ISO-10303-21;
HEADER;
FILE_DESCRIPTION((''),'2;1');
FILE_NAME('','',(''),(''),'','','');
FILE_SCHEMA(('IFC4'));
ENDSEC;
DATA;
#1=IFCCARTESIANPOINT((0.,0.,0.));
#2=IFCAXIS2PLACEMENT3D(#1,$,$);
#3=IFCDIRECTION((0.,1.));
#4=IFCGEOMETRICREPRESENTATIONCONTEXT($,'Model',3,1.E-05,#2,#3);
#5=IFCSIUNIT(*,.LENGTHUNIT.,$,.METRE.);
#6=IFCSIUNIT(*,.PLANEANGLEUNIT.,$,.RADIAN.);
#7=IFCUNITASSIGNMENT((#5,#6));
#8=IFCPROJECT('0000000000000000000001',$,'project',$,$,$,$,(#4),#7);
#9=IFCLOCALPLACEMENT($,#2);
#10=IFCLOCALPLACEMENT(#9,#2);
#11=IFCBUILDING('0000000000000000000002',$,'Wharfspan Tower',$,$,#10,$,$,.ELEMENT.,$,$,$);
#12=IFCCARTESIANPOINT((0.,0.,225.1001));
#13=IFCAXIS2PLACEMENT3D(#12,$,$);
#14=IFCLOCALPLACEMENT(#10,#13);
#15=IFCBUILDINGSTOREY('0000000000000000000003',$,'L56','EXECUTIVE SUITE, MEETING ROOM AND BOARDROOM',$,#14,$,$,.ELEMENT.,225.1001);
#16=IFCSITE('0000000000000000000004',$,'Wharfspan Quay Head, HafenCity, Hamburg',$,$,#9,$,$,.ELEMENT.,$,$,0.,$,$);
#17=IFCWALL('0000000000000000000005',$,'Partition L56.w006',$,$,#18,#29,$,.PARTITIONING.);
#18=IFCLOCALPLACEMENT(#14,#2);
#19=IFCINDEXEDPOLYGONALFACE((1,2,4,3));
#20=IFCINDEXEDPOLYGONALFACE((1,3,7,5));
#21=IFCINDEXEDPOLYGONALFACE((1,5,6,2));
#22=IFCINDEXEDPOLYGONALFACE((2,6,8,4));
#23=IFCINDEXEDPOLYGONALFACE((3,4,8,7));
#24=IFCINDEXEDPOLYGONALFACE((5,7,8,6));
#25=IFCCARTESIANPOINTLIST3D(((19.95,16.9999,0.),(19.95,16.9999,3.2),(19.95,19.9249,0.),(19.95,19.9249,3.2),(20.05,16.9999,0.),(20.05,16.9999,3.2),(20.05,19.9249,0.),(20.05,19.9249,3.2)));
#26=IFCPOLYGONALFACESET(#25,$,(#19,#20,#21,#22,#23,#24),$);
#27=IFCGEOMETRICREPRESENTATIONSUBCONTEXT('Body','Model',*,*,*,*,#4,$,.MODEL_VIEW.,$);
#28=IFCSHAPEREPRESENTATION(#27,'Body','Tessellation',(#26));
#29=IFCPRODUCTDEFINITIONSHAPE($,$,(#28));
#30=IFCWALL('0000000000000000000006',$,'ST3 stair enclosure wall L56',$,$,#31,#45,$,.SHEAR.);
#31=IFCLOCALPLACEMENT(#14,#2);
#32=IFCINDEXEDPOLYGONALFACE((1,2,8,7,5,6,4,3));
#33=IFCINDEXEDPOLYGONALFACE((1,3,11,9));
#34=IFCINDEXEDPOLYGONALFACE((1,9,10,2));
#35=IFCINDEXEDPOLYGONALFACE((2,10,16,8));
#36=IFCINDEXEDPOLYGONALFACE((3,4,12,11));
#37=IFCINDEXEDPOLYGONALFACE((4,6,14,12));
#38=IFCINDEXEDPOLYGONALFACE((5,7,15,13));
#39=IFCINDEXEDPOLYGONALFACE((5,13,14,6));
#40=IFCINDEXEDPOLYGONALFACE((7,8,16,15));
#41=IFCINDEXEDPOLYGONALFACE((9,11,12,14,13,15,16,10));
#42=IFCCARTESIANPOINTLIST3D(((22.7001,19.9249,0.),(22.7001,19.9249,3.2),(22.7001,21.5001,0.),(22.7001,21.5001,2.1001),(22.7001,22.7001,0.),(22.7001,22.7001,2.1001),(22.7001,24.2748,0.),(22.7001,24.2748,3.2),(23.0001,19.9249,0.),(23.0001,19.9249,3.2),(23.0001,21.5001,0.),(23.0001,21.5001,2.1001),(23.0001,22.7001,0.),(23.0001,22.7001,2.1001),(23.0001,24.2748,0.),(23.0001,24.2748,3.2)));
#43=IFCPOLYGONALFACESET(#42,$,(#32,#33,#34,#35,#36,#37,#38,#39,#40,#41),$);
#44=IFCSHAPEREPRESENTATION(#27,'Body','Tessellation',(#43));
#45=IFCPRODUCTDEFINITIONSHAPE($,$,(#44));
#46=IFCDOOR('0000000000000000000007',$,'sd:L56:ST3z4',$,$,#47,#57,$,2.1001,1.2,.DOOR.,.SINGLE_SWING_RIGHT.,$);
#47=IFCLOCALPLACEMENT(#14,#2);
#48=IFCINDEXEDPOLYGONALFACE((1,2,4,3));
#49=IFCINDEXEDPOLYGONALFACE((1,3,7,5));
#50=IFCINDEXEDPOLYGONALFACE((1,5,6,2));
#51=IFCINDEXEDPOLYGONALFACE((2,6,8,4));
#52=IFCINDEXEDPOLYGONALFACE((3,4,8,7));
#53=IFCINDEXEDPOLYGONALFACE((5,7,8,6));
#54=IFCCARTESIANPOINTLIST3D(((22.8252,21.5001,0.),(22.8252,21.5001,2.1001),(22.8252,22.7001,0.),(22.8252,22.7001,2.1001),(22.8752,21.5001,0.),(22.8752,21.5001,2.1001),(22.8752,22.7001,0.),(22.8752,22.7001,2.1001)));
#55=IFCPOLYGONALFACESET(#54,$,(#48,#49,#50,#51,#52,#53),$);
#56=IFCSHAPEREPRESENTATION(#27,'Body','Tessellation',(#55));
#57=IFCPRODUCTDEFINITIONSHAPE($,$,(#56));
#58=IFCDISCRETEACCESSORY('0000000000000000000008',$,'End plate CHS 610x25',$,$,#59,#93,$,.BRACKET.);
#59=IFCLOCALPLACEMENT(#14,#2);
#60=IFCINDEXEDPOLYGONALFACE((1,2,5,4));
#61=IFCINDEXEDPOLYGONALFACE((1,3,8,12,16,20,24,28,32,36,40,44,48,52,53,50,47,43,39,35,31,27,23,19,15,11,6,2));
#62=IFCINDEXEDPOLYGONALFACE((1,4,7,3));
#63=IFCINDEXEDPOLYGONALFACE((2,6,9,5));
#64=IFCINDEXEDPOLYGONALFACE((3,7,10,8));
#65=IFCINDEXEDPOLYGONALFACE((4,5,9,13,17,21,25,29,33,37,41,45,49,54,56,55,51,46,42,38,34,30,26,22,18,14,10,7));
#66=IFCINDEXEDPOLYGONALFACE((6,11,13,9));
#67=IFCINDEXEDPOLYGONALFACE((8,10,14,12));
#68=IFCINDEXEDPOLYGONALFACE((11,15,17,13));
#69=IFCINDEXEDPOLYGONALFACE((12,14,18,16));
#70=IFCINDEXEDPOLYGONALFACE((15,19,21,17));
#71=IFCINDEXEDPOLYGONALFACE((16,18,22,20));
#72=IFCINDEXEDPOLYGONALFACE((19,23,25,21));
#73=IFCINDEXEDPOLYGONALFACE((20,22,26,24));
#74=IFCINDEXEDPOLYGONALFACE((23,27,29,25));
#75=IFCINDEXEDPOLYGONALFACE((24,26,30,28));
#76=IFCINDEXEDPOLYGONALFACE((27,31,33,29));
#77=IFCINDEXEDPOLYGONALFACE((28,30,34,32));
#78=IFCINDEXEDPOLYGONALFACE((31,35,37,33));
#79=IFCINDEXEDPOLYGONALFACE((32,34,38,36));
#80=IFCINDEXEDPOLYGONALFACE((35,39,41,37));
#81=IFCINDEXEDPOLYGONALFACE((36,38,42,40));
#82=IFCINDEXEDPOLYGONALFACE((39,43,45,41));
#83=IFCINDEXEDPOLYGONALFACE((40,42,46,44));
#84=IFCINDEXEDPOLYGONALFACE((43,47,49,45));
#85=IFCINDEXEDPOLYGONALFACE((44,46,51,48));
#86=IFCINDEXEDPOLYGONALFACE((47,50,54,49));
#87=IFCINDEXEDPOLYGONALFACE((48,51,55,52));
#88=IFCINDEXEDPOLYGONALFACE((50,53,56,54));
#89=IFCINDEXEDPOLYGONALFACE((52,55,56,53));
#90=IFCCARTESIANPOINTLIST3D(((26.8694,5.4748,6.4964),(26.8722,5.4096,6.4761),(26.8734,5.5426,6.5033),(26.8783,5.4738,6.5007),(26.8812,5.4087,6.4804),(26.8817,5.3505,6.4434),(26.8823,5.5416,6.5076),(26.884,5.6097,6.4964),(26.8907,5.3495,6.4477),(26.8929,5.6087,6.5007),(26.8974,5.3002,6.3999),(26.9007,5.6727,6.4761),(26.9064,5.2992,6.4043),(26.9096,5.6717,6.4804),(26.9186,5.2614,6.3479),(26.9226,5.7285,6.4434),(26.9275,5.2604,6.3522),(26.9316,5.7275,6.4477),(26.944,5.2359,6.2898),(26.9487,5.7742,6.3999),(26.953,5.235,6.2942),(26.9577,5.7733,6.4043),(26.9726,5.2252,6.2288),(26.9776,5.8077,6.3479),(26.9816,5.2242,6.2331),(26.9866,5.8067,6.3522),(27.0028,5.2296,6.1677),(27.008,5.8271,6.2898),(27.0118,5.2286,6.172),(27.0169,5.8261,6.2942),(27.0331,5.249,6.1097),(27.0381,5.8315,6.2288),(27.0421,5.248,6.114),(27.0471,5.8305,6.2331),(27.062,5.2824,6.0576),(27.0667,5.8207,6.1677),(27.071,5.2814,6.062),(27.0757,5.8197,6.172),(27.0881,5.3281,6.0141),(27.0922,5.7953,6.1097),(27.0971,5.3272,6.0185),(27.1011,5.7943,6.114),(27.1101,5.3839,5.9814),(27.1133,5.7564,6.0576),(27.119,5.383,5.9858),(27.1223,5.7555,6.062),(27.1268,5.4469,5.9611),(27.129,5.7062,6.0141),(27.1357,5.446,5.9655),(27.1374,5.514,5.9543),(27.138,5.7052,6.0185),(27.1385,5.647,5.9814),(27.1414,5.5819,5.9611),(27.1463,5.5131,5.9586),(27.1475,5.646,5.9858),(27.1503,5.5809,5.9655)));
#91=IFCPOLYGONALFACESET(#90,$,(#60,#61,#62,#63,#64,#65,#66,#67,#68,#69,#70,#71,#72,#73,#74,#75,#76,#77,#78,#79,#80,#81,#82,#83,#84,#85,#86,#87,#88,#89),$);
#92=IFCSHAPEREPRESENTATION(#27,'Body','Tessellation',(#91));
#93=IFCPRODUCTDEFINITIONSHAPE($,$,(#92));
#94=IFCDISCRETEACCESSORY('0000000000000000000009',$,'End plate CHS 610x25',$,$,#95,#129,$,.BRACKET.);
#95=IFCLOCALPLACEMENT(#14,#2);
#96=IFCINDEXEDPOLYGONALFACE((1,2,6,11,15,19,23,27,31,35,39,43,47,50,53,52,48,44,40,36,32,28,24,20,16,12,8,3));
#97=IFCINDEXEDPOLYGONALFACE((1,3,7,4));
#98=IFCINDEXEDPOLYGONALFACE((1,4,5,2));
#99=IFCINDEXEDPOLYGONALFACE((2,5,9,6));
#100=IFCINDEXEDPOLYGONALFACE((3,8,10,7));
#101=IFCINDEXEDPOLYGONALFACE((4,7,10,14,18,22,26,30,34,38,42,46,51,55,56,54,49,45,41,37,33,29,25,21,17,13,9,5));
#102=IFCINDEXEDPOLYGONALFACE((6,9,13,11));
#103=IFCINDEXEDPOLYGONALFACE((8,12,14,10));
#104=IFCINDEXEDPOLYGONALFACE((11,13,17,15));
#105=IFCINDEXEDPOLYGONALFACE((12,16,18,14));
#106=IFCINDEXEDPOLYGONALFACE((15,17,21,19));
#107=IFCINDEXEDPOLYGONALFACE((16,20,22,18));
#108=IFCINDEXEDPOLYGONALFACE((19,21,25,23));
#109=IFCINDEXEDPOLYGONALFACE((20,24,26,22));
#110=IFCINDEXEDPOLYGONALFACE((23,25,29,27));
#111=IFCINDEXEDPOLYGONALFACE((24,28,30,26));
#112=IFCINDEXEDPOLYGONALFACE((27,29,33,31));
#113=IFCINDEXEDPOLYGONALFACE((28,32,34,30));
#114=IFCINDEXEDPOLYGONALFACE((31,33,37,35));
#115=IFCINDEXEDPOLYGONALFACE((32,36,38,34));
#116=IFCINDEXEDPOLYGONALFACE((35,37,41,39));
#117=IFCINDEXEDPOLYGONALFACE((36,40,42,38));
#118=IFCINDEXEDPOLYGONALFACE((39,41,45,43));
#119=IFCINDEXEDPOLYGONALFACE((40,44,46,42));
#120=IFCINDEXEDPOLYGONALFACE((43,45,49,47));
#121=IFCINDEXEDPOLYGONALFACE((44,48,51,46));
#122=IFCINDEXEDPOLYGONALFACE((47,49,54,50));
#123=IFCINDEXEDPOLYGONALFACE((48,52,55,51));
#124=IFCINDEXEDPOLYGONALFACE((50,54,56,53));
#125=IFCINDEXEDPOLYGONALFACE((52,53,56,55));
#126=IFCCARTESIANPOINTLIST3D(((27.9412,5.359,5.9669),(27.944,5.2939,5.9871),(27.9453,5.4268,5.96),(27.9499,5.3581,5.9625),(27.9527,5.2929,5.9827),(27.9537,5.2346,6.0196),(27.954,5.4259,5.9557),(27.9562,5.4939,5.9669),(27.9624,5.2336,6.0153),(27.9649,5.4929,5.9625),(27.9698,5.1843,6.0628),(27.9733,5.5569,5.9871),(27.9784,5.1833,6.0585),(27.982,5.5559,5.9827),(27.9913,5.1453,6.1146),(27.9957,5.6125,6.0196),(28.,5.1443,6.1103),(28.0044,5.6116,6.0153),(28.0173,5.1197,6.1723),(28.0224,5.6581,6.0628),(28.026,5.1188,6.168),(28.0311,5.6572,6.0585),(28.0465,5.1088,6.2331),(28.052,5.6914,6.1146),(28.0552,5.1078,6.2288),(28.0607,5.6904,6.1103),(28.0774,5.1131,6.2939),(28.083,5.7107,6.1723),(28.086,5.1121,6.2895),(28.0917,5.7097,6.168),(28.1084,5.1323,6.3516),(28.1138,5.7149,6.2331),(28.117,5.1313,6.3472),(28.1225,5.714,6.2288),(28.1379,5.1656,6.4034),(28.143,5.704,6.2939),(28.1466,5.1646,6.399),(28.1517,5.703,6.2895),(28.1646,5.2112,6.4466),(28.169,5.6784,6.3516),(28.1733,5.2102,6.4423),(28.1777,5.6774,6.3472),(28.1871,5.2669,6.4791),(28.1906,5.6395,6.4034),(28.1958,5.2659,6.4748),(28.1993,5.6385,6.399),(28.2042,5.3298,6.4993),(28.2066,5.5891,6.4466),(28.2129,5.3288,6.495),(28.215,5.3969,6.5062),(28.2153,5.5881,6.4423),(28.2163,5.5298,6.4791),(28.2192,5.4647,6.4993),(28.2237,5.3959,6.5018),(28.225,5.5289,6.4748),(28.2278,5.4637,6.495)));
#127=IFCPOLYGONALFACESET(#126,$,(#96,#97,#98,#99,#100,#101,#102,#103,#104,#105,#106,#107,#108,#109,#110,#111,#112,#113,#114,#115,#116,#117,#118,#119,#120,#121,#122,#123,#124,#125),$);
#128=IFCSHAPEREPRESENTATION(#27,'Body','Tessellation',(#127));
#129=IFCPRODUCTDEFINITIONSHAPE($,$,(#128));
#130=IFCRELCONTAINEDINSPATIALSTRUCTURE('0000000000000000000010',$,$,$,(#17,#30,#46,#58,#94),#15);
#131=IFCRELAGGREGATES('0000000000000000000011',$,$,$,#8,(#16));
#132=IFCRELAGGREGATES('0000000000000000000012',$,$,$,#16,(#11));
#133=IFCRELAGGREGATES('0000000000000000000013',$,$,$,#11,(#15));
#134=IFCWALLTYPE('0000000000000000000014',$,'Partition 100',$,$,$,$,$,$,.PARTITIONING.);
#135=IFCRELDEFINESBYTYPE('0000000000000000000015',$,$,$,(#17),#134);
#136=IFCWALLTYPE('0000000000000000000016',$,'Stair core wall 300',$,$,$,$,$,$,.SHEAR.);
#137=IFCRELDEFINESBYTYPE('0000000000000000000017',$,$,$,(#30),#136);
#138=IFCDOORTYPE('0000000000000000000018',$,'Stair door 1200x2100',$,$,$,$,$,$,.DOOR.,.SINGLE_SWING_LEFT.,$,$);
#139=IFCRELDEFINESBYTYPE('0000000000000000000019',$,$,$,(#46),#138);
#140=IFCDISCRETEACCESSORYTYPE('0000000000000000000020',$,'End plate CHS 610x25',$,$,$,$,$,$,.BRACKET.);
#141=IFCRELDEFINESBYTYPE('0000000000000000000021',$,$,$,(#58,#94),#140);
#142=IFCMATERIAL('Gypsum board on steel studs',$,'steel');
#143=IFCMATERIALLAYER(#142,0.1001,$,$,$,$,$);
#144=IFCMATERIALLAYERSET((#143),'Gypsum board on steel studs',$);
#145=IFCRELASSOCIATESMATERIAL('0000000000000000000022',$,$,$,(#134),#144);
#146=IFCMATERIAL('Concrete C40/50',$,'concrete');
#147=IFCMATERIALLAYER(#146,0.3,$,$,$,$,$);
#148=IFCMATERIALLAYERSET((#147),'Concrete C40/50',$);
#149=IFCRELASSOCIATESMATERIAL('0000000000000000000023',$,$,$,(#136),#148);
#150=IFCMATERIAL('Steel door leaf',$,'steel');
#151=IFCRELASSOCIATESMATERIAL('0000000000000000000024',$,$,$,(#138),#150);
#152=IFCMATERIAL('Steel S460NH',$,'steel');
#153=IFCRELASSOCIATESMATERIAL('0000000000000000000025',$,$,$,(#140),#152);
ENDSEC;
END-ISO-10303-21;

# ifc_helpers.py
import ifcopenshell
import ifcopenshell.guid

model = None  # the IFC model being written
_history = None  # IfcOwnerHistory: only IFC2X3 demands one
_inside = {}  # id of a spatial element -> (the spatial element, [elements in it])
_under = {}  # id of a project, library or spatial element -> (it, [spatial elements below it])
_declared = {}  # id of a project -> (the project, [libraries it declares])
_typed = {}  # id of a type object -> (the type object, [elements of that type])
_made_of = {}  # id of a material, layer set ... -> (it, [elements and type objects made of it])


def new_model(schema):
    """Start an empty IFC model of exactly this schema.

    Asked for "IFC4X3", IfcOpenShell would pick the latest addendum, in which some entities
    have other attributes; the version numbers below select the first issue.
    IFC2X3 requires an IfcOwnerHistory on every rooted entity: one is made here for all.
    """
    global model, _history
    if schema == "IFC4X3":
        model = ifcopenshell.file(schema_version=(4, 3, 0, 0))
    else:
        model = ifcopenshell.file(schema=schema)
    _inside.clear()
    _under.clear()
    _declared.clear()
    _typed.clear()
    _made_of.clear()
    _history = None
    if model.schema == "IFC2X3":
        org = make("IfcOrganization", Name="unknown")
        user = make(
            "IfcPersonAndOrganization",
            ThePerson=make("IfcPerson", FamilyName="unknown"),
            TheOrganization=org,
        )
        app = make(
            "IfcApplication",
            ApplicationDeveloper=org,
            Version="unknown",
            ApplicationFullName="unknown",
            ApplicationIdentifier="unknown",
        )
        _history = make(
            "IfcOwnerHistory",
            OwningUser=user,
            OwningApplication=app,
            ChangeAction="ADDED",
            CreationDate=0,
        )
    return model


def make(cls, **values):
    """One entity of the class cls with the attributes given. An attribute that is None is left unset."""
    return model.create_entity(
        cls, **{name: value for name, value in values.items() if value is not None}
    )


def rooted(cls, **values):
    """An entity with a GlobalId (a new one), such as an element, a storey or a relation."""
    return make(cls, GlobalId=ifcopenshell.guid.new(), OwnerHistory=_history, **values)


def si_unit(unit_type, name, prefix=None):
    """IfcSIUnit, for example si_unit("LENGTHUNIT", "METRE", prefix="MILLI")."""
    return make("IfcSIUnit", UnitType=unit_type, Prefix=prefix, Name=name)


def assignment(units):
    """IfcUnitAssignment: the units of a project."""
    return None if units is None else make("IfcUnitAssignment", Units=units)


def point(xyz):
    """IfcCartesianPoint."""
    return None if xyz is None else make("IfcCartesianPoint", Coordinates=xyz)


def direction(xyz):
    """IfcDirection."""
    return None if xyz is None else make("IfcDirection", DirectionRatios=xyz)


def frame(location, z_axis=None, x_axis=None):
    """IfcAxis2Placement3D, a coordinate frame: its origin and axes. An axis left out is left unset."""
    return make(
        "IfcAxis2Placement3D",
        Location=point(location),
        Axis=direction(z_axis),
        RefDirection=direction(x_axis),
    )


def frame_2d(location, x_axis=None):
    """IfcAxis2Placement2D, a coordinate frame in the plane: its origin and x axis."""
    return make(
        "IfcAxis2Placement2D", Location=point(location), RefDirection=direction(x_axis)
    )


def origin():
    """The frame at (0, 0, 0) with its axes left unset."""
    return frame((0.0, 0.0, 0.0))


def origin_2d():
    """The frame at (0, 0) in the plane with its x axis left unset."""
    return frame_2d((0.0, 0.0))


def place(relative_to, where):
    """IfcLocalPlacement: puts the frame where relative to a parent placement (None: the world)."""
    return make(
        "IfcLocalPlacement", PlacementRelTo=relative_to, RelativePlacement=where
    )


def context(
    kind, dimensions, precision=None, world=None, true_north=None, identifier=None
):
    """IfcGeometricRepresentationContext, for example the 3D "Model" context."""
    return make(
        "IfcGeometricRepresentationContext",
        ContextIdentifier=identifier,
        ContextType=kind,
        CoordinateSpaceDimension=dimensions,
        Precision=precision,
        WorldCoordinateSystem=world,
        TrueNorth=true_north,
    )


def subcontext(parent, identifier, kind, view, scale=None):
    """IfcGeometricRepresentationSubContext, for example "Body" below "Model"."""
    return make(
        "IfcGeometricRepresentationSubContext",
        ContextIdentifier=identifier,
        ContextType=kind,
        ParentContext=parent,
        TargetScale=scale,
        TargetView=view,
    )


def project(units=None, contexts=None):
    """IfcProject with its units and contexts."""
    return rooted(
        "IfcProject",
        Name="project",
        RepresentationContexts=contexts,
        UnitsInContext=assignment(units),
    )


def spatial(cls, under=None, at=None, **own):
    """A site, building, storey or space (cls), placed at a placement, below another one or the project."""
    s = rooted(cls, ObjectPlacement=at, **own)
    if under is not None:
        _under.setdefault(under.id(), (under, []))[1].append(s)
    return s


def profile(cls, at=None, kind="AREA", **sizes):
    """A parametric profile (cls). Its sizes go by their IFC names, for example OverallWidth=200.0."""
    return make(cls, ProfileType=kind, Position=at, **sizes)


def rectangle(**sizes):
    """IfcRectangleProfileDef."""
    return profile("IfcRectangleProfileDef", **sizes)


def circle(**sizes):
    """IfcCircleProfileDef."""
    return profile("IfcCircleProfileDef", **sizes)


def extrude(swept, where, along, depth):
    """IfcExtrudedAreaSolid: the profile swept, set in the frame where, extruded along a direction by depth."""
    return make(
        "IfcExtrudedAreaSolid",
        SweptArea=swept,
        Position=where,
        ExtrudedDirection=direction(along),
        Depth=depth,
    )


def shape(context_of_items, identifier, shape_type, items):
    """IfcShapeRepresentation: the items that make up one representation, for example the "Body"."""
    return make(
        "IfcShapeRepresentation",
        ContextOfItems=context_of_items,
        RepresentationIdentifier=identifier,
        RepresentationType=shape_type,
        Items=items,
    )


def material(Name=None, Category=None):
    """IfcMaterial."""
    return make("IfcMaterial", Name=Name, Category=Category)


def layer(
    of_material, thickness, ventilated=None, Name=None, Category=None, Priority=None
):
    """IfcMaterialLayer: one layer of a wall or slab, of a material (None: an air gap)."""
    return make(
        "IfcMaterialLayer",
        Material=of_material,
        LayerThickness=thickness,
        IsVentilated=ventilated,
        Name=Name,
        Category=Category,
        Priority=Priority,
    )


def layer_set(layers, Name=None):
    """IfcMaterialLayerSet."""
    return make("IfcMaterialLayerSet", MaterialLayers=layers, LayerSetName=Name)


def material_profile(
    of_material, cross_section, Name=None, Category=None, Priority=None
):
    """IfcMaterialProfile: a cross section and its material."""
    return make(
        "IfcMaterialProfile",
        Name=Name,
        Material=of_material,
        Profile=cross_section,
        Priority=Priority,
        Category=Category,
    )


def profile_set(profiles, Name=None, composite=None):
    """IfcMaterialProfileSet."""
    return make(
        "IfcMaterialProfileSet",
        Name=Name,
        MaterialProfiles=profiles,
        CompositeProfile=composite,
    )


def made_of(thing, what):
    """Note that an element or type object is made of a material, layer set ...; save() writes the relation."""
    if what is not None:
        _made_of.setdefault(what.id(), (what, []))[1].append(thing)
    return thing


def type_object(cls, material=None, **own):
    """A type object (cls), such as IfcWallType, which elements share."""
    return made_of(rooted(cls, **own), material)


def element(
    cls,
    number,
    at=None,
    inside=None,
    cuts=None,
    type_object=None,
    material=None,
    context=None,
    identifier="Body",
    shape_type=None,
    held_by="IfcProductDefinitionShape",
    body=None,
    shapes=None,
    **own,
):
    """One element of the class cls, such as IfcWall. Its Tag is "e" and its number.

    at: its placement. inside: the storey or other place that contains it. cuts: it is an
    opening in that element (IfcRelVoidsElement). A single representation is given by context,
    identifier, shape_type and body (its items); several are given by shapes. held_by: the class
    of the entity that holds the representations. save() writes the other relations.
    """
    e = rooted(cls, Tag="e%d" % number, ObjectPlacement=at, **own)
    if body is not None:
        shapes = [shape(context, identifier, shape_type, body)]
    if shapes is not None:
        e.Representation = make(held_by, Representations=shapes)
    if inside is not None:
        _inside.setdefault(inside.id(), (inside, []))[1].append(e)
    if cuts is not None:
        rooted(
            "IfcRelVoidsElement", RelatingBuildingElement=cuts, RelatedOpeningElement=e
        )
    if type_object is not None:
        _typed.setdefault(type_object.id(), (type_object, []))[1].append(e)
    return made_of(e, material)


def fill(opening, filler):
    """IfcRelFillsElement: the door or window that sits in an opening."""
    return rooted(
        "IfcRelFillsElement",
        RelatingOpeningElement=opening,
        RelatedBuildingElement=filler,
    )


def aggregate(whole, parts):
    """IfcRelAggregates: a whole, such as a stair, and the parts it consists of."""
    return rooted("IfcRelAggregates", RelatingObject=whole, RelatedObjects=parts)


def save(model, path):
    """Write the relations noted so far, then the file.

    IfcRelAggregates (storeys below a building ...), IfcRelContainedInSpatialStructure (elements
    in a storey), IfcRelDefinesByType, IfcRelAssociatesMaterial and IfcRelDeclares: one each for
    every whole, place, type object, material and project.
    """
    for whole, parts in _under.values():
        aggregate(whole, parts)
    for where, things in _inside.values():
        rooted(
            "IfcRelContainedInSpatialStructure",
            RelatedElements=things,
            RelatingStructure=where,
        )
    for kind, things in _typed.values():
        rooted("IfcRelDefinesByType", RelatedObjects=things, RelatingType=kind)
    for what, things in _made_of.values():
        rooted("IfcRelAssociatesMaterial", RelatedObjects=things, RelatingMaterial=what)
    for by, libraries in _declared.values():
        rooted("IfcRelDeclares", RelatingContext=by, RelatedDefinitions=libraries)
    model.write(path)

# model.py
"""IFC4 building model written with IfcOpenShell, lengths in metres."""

from ifc_helpers import new_model, si_unit, direction, frame, frame_2d, origin, origin_2d, place, context, subcontext, project, spatial, rectangle, circle, extrude, material, layer, layer_set, material_profile, profile_set, type_object, element, fill, save


model = new_model("IFC4")

# Units and contexts
model_context = context("Model", 3, precision=1e-05, world=origin(), true_north=direction((0.0, 1.0)))
body_context = subcontext(model_context, "Body", "Model", "MODEL_VIEW")
ifc_project = project(units=[si_unit("LENGTHUNIT", "METRE"), si_unit("PLANEANGLEUNIT", "RADIAN")], contexts=[model_context])

# Site, building, storey
site_placement = place(None, origin())
site = spatial("IfcSite", under=ifc_project, at=site_placement, Name="Wharfspan Quay Head, HafenCity, Hamburg", CompositionType="ELEMENT", RefElevation=0.0)
building_placement = place(site_placement, origin())
building = spatial("IfcBuilding", under=site, at=building_placement, Name="Wharfspan Tower", CompositionType="ELEMENT")
storey_placement = place(building_placement, frame((0.0, 0.0, 225.1001)))
storey = spatial("IfcBuildingStorey", under=building, at=storey_placement, Name="L56", Description="EXECUTIVE SUITE, MEETING ROOM AND BOARDROOM", CompositionType="ELEMENT", Elevation=225.1001)

# Shared definitions
ifc_material_1 = material(Name="Steel S460NH", Category="steel")

# Wall
ifc_material_2 = material(Name="Gypsum board on steel studs", Category="steel")
ifc_layer_1 = layer(ifc_material_2, 0.1001)
ifc_layer_set_1 = layer_set([ifc_layer_1], Name="Gypsum board on steel studs")
wall_type_1 = type_object("IfcWallType", Name="Partition 100", PredefinedType="PARTITIONING", material=ifc_layer_set_1)
wall_1_placement = place(storey_placement, frame((20.0, 17.0, 0.0), z_axis=(0.0, 0.0, 1.0), x_axis=(0.0, 1.0, 0.0)))
element("IfcWall", 1, at=wall_1_placement, inside=storey, type_object=wall_type_1, Name="Partition L56.w006", PredefinedType="PARTITIONING", context=body_context, shape_type="SweptSolid", body=[
    extrude(rectangle(XDim=2.925, YDim=0.1001, at=frame_2d((1.4624, 0.0))), origin(), (0.0, 0.0, 1.0), 3.2),
])

# Wall, opening, door
ifc_material_3 = material(Name="Concrete C40/50", Category="concrete")
ifc_layer_2 = layer(ifc_material_3, 0.3)
ifc_layer_set_2 = layer_set([ifc_layer_2], Name="Concrete C40/50")
wall_type_2 = type_object("IfcWallType", Name="Stair core wall 300", PredefinedType="SHEAR", material=ifc_layer_set_2)
wall_2_placement = place(storey_placement, frame((22.8501, 19.925, 0.0), z_axis=(0.0, 0.0, 1.0), x_axis=(0.0, 1.0, 0.0)))
wall_2 = element("IfcWall", 2, at=wall_2_placement, inside=storey, type_object=wall_type_2, Name="ST3 stair enclosure wall L56", PredefinedType="SHEAR", context=body_context, shape_type="SweptSolid", body=[
    extrude(rectangle(XDim=4.3499, YDim=0.3, at=frame_2d((2.1748, 0.0))), origin(), (0.0, 0.0, 1.0), 3.2),
])
opening_placement = place(wall_2_placement, frame((1.575, 0.0, 0.0)))
opening = element("IfcOpeningElement", 3, at=opening_placement, cuts=wall_2, PredefinedType="OPENING", context=body_context, shape_type="SweptSolid", body=[
    extrude(rectangle(XDim=1.2, YDim=2.1001, at=frame_2d((0.6001, 1.05))), frame((0.0, 0.1599, 0.0), z_axis=(0.0, -1.0, 0.0), x_axis=(1.0, 0.0, 0.0)), (0.0, 0.0, 1.0), 0.3201),
])
ifc_material_4 = material(Name="Steel door leaf", Category="steel")
door_type = type_object("IfcDoorType", Name="Stair door 1200x2100", OperationType="SINGLE_SWING_LEFT", PredefinedType="DOOR", material=ifc_material_4)
door_placement = place(opening_placement, origin())
door = element("IfcDoor", 4, at=door_placement, inside=storey, type_object=door_type, Name="sd:L56:ST3z4", OperationType="SINGLE_SWING_RIGHT", OverallHeight=2.1001, OverallWidth=1.2, PredefinedType="DOOR", context=body_context, shape_type="SweptSolid", body=[
    extrude(rectangle(XDim=1.2, YDim=2.1001, at=frame_2d((0.6001, 1.05))), frame((0.0, 0.0249, 0.0), z_axis=(0.0, -1.0, 0.0), x_axis=(1.0, 0.0, 0.0)), (0.0, 0.0, 1.0), 0.05),
])
fill(opening, door)

# Discrete accessories
ifc_material_profile_1 = material_profile(ifc_material_1, circle(Radius=0.3049, at=origin_2d()))
ifc_profile_set_1 = profile_set([ifc_material_profile_1], Name="Steel S460NH")
discrete_accessory_type = type_object("IfcDiscreteAccessoryType", Name="End plate CHS 610x25", PredefinedType="BRACKET", material=ifc_profile_set_1)
discrete_accessory_1_placement = place(storey_placement, frame((27.0054, 5.5283, 6.2288), z_axis=(0.895016, -0.096758, 0.435413), x_axis=(0.107482, 0.994209, -0.000001)))
element("IfcDiscreteAccessory", 5, at=discrete_accessory_1_placement, inside=storey, type_object=discrete_accessory_type, Name="End plate CHS 610x25", PredefinedType="BRACKET", context=body_context, shape_type="SweptSolid", body=[
    extrude(circle(Radius=0.3049, at=origin_2d()), origin(), (0.0, 0.0, 1.0), 0.01),
])
discrete_accessory_2_placement = place(storey_placement, frame((28.0889, 5.4109, 6.2288), z_axis=(-0.890043, 0.098894, 0.445021), x_axis=(-0.110431, -0.99388, 0.000001)))
element("IfcDiscreteAccessory", 6, at=discrete_accessory_2_placement, inside=storey, type_object=discrete_accessory_type, Name="End plate CHS 610x25", PredefinedType="BRACKET", context=body_context, shape_type="SweptSolid", body=[
    extrude(circle(Radius=0.3049, at=origin_2d()), origin(), (0.0, 0.0, 1.0), 0.0098),
])

save(model, "model.ifc")
